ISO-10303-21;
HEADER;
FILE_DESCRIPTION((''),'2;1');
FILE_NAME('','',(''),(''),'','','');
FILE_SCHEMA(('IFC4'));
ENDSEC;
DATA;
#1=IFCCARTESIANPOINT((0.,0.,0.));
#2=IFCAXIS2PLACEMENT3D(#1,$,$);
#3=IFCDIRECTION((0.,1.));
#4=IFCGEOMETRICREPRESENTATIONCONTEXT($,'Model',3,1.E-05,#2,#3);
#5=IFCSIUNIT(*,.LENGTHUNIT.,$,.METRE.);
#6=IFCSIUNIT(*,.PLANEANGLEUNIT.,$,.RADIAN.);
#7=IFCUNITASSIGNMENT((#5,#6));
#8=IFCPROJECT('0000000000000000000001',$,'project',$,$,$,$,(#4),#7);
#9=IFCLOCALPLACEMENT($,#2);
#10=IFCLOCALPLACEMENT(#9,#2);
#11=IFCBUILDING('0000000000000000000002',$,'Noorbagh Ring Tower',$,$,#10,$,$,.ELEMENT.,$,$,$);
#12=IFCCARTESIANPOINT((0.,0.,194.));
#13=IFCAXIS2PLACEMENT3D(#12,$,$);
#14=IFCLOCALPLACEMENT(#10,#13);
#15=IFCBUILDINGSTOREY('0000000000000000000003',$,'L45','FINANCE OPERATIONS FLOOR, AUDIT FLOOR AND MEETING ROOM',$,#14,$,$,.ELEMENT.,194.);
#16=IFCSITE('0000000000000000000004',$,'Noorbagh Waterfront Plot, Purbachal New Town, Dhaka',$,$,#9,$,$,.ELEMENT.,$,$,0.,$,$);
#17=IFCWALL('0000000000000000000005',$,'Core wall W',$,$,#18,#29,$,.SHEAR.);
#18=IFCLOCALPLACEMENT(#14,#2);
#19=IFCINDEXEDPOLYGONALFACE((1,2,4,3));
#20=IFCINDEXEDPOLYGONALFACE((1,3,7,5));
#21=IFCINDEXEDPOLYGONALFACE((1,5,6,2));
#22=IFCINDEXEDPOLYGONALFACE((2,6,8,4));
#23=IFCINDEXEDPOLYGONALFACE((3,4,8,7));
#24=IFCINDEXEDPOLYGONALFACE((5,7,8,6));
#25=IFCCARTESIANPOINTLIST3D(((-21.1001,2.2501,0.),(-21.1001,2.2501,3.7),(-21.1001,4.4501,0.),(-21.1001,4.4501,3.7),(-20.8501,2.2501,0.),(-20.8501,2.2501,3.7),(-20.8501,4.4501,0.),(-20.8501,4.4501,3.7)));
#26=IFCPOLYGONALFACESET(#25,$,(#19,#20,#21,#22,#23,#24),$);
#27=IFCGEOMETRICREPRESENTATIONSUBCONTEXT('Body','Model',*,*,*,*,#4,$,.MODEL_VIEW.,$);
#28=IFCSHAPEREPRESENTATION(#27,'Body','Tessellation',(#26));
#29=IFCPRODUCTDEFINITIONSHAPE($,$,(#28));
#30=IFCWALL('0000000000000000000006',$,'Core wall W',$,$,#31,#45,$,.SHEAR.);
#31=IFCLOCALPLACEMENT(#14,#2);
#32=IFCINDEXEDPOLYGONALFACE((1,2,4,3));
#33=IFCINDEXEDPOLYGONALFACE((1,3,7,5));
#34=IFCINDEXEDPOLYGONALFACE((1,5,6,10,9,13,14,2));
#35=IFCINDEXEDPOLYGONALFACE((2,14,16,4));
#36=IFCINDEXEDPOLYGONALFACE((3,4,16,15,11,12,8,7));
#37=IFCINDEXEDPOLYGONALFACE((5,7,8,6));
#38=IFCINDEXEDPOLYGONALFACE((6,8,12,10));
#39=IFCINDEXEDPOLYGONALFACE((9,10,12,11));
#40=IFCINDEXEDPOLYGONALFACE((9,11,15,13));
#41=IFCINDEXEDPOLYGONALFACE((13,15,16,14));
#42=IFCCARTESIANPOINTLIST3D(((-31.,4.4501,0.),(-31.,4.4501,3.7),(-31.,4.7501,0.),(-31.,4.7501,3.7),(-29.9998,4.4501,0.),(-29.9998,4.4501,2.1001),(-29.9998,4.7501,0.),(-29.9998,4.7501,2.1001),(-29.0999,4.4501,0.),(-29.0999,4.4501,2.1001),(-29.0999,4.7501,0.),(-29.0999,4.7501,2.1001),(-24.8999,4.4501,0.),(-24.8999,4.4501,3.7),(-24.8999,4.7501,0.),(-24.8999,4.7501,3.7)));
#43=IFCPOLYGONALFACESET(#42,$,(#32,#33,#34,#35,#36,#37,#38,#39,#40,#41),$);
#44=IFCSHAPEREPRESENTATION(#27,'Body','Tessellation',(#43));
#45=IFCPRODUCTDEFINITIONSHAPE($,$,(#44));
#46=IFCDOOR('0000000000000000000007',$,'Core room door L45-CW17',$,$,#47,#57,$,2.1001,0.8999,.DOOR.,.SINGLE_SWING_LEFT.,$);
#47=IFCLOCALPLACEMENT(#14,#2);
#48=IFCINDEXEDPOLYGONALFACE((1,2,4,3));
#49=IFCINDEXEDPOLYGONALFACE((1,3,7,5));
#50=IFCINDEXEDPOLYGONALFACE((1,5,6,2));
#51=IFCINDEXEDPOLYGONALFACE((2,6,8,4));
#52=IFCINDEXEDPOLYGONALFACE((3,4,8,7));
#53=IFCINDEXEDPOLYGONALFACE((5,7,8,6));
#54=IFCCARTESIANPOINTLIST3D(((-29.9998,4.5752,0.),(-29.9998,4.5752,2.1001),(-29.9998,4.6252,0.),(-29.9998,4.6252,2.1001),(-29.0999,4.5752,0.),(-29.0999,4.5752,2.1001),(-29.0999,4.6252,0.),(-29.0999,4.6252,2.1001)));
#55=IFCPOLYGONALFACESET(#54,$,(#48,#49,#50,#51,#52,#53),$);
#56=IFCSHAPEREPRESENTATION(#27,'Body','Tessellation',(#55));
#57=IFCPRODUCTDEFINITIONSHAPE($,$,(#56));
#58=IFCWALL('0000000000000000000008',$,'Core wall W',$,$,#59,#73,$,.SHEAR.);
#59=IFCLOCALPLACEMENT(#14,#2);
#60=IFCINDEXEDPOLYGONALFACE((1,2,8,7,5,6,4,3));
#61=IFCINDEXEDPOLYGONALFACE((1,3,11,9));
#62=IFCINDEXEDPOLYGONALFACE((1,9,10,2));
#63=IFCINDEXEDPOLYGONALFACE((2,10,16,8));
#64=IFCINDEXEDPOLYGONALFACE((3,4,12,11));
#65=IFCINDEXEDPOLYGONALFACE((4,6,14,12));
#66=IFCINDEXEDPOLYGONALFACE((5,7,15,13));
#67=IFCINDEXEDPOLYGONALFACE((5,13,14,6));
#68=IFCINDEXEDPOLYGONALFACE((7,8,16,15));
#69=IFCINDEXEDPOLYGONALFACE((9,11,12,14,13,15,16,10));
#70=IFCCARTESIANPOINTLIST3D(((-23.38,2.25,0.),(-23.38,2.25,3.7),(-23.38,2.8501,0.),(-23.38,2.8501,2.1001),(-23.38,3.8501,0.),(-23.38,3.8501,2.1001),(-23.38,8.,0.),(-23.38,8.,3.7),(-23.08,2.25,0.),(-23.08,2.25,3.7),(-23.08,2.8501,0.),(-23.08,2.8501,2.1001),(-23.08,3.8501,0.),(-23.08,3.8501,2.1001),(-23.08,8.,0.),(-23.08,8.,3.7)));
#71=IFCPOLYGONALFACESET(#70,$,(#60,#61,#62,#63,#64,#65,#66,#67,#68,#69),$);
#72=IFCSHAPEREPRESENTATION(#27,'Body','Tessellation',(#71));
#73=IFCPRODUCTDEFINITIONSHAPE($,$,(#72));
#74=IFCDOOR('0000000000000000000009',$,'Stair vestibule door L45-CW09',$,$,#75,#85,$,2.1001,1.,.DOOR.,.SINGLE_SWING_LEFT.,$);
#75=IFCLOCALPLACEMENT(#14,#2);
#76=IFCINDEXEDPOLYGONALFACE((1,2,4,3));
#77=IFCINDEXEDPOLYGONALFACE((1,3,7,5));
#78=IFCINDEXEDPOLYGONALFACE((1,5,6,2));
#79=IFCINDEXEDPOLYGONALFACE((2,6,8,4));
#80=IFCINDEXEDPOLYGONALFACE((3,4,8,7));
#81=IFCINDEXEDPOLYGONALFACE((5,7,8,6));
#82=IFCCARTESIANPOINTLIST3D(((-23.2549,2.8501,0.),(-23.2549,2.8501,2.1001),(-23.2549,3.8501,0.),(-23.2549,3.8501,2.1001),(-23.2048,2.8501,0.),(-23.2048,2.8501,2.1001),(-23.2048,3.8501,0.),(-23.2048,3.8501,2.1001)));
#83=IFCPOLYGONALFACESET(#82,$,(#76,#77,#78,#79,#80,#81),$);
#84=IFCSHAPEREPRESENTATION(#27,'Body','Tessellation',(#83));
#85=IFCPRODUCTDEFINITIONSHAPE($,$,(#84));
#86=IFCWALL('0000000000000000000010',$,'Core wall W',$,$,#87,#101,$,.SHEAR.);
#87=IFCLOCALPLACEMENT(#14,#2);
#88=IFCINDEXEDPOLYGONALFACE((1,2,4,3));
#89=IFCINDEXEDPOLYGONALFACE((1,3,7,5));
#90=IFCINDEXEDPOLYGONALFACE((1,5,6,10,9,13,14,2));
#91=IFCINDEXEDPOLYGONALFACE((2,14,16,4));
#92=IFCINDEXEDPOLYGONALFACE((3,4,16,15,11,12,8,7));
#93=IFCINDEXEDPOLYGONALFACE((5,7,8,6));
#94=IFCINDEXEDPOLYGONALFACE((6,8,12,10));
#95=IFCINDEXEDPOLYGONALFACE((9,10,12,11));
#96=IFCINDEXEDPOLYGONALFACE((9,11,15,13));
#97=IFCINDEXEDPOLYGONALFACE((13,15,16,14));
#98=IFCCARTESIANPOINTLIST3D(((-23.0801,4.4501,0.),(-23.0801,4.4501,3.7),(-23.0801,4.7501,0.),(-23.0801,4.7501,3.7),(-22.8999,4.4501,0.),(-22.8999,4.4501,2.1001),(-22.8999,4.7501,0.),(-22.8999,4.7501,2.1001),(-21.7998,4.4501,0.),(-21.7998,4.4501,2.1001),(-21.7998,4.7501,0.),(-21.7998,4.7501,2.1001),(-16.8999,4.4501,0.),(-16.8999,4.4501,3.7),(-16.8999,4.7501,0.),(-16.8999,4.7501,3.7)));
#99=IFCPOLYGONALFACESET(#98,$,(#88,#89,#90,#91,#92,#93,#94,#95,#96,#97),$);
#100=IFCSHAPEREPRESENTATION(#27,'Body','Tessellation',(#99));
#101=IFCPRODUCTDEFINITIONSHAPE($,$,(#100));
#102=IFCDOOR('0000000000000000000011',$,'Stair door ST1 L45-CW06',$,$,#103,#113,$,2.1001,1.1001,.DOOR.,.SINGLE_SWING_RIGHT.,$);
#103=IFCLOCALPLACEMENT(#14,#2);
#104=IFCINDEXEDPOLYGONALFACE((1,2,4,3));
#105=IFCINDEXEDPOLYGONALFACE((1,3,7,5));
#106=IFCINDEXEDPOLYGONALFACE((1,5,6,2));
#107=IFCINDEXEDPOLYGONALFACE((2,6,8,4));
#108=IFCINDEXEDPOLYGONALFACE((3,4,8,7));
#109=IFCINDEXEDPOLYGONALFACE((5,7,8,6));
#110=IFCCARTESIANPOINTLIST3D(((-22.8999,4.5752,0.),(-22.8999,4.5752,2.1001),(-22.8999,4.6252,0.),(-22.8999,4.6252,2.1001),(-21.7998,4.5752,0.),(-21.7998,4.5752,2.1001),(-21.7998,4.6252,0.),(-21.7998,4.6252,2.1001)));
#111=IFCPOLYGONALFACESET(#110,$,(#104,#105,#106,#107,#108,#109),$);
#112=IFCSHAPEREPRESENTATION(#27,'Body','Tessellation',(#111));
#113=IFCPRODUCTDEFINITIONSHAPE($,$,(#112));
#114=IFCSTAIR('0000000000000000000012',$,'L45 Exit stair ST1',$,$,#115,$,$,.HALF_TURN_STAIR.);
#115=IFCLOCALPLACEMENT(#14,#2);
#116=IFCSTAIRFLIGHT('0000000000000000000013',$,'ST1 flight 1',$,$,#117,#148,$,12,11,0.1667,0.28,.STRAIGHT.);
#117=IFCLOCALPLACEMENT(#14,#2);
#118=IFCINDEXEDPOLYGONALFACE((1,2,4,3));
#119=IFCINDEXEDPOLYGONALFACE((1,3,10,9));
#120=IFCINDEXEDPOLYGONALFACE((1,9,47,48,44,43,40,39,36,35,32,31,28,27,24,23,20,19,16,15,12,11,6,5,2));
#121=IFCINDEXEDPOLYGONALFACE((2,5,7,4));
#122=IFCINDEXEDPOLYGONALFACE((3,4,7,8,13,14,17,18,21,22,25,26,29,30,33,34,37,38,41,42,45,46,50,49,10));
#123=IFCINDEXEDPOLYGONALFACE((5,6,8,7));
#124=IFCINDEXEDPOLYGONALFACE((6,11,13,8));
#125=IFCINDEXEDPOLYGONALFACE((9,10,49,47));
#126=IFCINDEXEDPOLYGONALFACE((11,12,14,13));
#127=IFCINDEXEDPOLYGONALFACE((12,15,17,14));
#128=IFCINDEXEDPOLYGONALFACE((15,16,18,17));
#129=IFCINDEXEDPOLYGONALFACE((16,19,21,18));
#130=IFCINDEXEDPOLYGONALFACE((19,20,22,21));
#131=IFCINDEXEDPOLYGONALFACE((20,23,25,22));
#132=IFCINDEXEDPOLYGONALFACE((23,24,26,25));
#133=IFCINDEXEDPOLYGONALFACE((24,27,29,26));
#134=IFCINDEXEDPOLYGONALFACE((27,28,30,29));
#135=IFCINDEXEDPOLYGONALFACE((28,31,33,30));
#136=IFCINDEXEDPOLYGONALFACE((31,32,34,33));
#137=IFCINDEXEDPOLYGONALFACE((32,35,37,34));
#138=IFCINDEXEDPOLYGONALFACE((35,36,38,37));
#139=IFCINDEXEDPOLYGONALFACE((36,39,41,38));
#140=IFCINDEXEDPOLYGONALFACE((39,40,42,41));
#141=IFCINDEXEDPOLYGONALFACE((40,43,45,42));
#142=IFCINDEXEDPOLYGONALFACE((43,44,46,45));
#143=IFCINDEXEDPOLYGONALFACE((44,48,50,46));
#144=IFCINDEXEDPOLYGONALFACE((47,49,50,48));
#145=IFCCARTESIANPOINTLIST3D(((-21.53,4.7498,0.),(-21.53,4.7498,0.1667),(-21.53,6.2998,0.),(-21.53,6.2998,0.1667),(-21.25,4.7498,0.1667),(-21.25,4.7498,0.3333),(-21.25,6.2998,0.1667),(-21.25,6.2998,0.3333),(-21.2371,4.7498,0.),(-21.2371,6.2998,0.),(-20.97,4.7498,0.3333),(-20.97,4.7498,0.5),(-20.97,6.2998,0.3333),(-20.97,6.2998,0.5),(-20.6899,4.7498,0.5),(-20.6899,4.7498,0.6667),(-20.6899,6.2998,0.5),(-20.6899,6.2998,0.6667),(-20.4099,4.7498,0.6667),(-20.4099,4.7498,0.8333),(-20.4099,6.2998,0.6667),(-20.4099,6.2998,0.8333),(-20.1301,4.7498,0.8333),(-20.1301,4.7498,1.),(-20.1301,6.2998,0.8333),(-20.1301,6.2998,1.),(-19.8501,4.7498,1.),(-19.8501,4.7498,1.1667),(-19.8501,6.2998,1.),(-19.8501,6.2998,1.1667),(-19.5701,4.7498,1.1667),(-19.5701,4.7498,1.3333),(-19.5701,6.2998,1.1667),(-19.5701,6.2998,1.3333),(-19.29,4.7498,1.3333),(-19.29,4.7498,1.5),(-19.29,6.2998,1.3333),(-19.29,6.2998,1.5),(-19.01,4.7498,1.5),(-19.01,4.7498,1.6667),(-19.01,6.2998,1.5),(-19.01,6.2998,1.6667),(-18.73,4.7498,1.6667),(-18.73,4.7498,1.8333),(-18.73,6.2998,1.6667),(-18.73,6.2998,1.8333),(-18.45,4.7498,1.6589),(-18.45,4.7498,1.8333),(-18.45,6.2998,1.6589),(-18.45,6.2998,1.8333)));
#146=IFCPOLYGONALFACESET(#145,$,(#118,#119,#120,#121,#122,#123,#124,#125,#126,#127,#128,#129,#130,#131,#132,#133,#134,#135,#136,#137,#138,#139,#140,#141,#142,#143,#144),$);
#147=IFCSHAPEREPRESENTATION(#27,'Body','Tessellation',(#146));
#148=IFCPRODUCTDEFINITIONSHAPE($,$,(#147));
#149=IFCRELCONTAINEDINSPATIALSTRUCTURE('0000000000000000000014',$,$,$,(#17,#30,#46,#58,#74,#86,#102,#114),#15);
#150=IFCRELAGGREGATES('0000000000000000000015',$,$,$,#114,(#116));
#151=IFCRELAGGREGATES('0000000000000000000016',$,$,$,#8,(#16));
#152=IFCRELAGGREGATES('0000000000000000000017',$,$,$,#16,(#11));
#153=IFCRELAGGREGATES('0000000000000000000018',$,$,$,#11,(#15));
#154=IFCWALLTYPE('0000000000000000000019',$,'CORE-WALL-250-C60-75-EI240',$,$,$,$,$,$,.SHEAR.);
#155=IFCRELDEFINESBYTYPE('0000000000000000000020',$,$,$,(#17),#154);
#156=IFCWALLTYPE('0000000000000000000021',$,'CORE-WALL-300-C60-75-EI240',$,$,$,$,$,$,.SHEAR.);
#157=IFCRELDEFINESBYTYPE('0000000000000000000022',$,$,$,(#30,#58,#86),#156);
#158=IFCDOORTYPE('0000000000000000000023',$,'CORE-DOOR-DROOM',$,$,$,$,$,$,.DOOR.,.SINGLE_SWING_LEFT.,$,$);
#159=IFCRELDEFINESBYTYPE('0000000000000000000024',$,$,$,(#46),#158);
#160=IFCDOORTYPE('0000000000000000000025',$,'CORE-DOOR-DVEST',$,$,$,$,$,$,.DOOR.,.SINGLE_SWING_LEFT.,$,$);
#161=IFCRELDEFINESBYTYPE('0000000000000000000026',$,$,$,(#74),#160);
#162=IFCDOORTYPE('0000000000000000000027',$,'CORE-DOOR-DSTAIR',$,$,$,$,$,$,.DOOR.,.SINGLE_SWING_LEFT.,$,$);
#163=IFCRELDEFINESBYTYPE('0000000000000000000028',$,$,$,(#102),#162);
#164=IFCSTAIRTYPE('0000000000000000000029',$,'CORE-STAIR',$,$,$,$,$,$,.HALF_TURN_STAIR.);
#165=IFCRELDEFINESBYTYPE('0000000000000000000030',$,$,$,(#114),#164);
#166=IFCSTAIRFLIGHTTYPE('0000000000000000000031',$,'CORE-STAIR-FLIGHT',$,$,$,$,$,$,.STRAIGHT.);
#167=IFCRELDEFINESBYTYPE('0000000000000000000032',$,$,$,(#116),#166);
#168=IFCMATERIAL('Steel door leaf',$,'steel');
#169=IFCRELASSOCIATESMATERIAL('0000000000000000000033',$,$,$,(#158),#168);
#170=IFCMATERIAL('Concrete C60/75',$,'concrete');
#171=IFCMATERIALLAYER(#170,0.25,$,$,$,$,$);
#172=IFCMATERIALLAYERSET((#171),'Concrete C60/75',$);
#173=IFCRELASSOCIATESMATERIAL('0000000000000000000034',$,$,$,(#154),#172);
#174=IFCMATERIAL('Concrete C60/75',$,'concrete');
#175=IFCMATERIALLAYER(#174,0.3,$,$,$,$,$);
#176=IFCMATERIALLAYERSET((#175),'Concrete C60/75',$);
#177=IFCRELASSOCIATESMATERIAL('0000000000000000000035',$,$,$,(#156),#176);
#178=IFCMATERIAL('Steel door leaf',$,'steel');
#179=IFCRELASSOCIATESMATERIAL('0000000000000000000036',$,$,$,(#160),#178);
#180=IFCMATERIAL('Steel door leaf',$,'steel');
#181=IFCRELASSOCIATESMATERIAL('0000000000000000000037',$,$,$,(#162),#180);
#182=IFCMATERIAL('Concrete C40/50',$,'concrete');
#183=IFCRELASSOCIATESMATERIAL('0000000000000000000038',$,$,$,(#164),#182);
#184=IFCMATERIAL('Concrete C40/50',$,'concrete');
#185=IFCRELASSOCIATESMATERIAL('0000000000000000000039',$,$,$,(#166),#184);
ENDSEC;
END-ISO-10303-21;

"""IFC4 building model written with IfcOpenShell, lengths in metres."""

from ifc_helpers import new_model, si_unit, direction, frame, frame_2d, origin, place, context, subcontext, project, spatial, polyline, rectangle, outline, extrude, material, layer, layer_set, type_object, element, fill, aggregate, save


model = new_model("IFC4")

# Units and contexts
model_context = context("Model", 3, precision=1e-05, world=origin(), true_north=direction((0.0, 1.0)))
body_context = subcontext(model_context, "Body", "Model", "MODEL_VIEW")
ifc_project = project(units=[si_unit("LENGTHUNIT", "METRE"), si_unit("PLANEANGLEUNIT", "RADIAN")], contexts=[model_context])

# Site, building, storey
site_placement = place(None, origin())
site = spatial("IfcSite", under=ifc_project, at=site_placement, Name="Noorbagh Waterfront Plot, Purbachal New Town, Dhaka", CompositionType="ELEMENT", RefElevation=0.0)
building_placement = place(site_placement, origin())
building = spatial("IfcBuilding", under=site, at=building_placement, Name="Noorbagh Ring Tower", CompositionType="ELEMENT")
storey_placement = place(building_placement, frame((0.0, 0.0, 194.0)))
storey = spatial("IfcBuildingStorey", under=building, at=storey_placement, Name="L45", Description="FINANCE OPERATIONS FLOOR, AUDIT FLOOR AND MEETING ROOM", CompositionType="ELEMENT", Elevation=194.0)

# Shared definitions
ifc_material_1 = material(Name="Steel door leaf", Category="steel")
door_type_1 = type_object("IfcDoorType", Name="CORE-DOOR-DROOM", OperationType="SINGLE_SWING_LEFT", PredefinedType="DOOR", material=ifc_material_1)

# Wall
ifc_material_2 = material(Name="Concrete C60/75", Category="concrete")
ifc_layer_1 = layer(ifc_material_2, 0.25)
ifc_layer_set_1 = layer_set([ifc_layer_1], Name="Concrete C60/75")
wall_type_1 = type_object("IfcWallType", Name="CORE-WALL-250-C60-75-EI240", PredefinedType="SHEAR", material=ifc_layer_set_1)
wall_1_placement = place(storey_placement, frame((-20.9751, 2.25, 0.0), z_axis=(0.0, 0.0, 1.0), x_axis=(0.0, 1.0, 0.0)))
element("IfcWall", 1, at=wall_1_placement, inside=storey, type_object=wall_type_1, Name="Core wall W", PredefinedType="SHEAR", context=body_context, shape_type="SweptSolid", body=[
    extrude(rectangle(XDim=2.2, YDim=0.25, at=frame_2d((1.1001, 0.0))), origin(), (0.0, 0.0, 1.0), 3.7),
])

# Walls, openings, doors
ifc_material_3 = material(Name="Concrete C60/75", Category="concrete")
ifc_layer_2 = layer(ifc_material_3, 0.3)
ifc_layer_set_2 = layer_set([ifc_layer_2], Name="Concrete C60/75")
wall_type_2 = type_object("IfcWallType", Name="CORE-WALL-300-C60-75-EI240", PredefinedType="SHEAR", material=ifc_layer_set_2)
wall_2_placement = place(storey_placement, frame((-24.8999, 4.6001, 0.0), z_axis=(0.0, 0.0, 1.0), x_axis=(-1.0, 0.0, 0.0)))
wall_2 = element("IfcWall", 2, at=wall_2_placement, inside=storey, type_object=wall_type_2, Name="Core wall W", PredefinedType="SHEAR", context=body_context, shape_type="SweptSolid", body=[
    extrude(rectangle(XDim=6.1001, YDim=0.3, at=frame_2d((3.05, 0.0))), origin(), (0.0, 0.0, 1.0), 3.7),
])
opening_1_placement = place(wall_2_placement, frame((4.2, 0.0, 0.0)))
opening_1 = element("IfcOpeningElement", 3, at=opening_1_placement, cuts=wall_2, PredefinedType="OPENING", context=body_context, shape_type="SweptSolid", body=[
    extrude(rectangle(XDim=0.8999, YDim=2.1001, at=frame_2d((0.45, 1.05))), frame((0.0, 0.1602, 0.0), z_axis=(0.0, -1.0, 0.0), x_axis=(1.0, 0.0, 0.0)), (0.0, 0.0, 1.0), 0.3201),
])
door_1_placement = place(opening_1_placement, origin())
door_1 = element("IfcDoor", 4, at=door_1_placement, inside=storey, type_object=door_type_1, Name="Core room door L45-CW17", OperationType="SINGLE_SWING_LEFT", OverallHeight=2.1001, OverallWidth=0.8999, PredefinedType="DOOR", context=body_context, shape_type="SweptSolid", body=[
    extrude(rectangle(XDim=0.8999, YDim=2.1001, at=frame_2d((0.45, 1.05))), frame((0.0, 0.0249, 0.0), z_axis=(0.0, -1.0, 0.0), x_axis=(1.0, 0.0, 0.0)), (0.0, 0.0, 1.0), 0.05),
])
fill(opening_1, door_1)
wall_3_placement = place(storey_placement, frame((-23.23, 2.25, 0.0), z_axis=(0.0, 0.0, 1.0), x_axis=(0.0, 1.0, 0.0)))
wall_3 = element("IfcWall", 5, at=wall_3_placement, inside=storey, type_object=wall_type_2, Name="Core wall W", PredefinedType="SHEAR", context=body_context, shape_type="SweptSolid", body=[
    extrude(rectangle(XDim=5.75, YDim=0.3, at=frame_2d((2.875, 0.0))), origin(), (0.0, 0.0, 1.0), 3.7),
])
opening_2_placement = place(wall_3_placement, frame((0.6001, 0.0, 0.0)))
opening_2 = element("IfcOpeningElement", 6, at=opening_2_placement, cuts=wall_3, PredefinedType="OPENING", context=body_context, shape_type="SweptSolid", body=[
    extrude(rectangle(XDim=1.0, YDim=2.1001, at=frame_2d((0.5, 1.05))), frame((0.0, 0.1602, 0.0), z_axis=(0.0, -1.0, 0.0), x_axis=(1.0, 0.0, 0.0)), (0.0, 0.0, 1.0), 0.3201),
])
ifc_material_4 = material(Name="Steel door leaf", Category="steel")
door_type_2 = type_object("IfcDoorType", Name="CORE-DOOR-DVEST", OperationType="SINGLE_SWING_LEFT", PredefinedType="DOOR", material=ifc_material_4)
door_2_placement = place(opening_2_placement, origin())
door_2 = element("IfcDoor", 7, at=door_2_placement, inside=storey, type_object=door_type_2, Name="Stair vestibule door L45-CW09", OperationType="SINGLE_SWING_LEFT", OverallHeight=2.1001, OverallWidth=1.0, PredefinedType="DOOR", context=body_context, shape_type="SweptSolid", body=[
    extrude(rectangle(XDim=1.0, YDim=2.1001, at=frame_2d((0.5, 1.05))), frame((0.0, 0.0249, 0.0), z_axis=(0.0, -1.0, 0.0), x_axis=(1.0, 0.0, 0.0)), (0.0, 0.0, 1.0), 0.05),
])
fill(opening_2, door_2)
wall_4_placement = place(storey_placement, frame((-16.8999, 4.6001, 0.0), z_axis=(0.0, 0.0, 1.0), x_axis=(-1.0, 0.0, 0.0)))
wall_4 = element("IfcWall", 8, at=wall_4_placement, inside=storey, type_object=wall_type_2, Name="Core wall W", PredefinedType="SHEAR", context=body_context, shape_type="SweptSolid", body=[
    extrude(rectangle(XDim=6.1802, YDim=0.3, at=frame_2d((3.0901, 0.0))), origin(), (0.0, 0.0, 1.0), 3.7),
])
opening_3_placement = place(wall_4_placement, frame((4.8999, 0.0, 0.0)))
opening_3 = element("IfcOpeningElement", 9, at=opening_3_placement, cuts=wall_4, PredefinedType="OPENING", context=body_context, shape_type="SweptSolid", body=[
    extrude(rectangle(XDim=1.1001, YDim=2.1001, at=frame_2d((0.55, 1.05))), frame((0.0, 0.1602, 0.0), z_axis=(0.0, -1.0, 0.0), x_axis=(1.0, 0.0, 0.0)), (0.0, 0.0, 1.0), 0.3201),
])
ifc_material_5 = material(Name="Steel door leaf", Category="steel")
door_type_3 = type_object("IfcDoorType", Name="CORE-DOOR-DSTAIR", OperationType="SINGLE_SWING_LEFT", PredefinedType="DOOR", material=ifc_material_5)
door_3_placement = place(opening_3_placement, origin())
door_3 = element("IfcDoor", 10, at=door_3_placement, inside=storey, type_object=door_type_3, Name="Stair door ST1 L45-CW06", OperationType="SINGLE_SWING_RIGHT", OverallHeight=2.1001, OverallWidth=1.1001, PredefinedType="DOOR", context=body_context, shape_type="SweptSolid", body=[
    extrude(rectangle(XDim=1.1001, YDim=2.1001, at=frame_2d((0.55, 1.05))), frame((0.0, 0.0249, 0.0), z_axis=(0.0, -1.0, 0.0), x_axis=(1.0, 0.0, 0.0)), (0.0, 0.0, 1.0), 0.05),
])
fill(opening_3, door_3)

# Stair, stair flight
ifc_material_6 = material(Name="Concrete C40/50", Category="concrete")
stair_type = type_object("IfcStairType", Name="CORE-STAIR", PredefinedType="HALF_TURN_STAIR", material=ifc_material_6)
stair_placement = place(storey_placement, origin())
stair = element("IfcStair", 11, at=stair_placement, inside=storey, type_object=stair_type, Name="L45 Exit stair ST1", PredefinedType="HALF_TURN_STAIR")
ifc_material_7 = material(Name="Concrete C40/50", Category="concrete")
stair_flight_type = type_object("IfcStairFlightType", Name="CORE-STAIR-FLIGHT", PredefinedType="STRAIGHT", material=ifc_material_7)
stair_flight_1_placement = place(storey_placement, frame((-21.53, 5.5249, 0.0), z_axis=(0.0, 0.0, 1.0), x_axis=(1.0, 0.0, 0.0)))
stair_flight_1 = element("IfcStairFlight", 12, at=stair_flight_1_placement, type_object=stair_flight_type, Name="ST1 flight 1", NumberOfRisers=12, NumberOfTreads=11, PredefinedType="STRAIGHT", RiserHeight=0.1667, TreadLength=0.28, context=body_context, shape_type="SweptSolid", body=[
    extrude(outline(polyline([(0.0, 0.0), (0.0, 0.1667), (0.28, 0.1667), (0.28, 0.3333), (0.5601, 0.3333), (0.5601, 0.5), (0.8401, 0.5), (0.8401, 0.6667), (1.1201, 0.6667), (1.1201, 0.8333), (1.3999, 0.8333), (1.3999, 1.0), (1.6799, 1.0), (1.6799, 1.1667), (1.96, 1.1667), (1.96, 1.3333), (2.24, 1.3333), (2.24, 1.5), (2.52, 1.5), (2.52, 1.6667), (2.8, 1.6667), (2.8, 1.8333), (3.0801, 1.8333), (3.0801, 2.0), (3.0801, 1.6589), (0.293, 0.0), (0.0, 0.0)])), frame((0.0, 0.7749, 0.0), z_axis=(0.0, -1.0, 0.0), x_axis=(1.0, 0.0, 0.0)), (0.0, 0.0, 1.0), 1.55),
])
aggregate(stair, [stair_flight_1])

save(model, "model.ifc")
